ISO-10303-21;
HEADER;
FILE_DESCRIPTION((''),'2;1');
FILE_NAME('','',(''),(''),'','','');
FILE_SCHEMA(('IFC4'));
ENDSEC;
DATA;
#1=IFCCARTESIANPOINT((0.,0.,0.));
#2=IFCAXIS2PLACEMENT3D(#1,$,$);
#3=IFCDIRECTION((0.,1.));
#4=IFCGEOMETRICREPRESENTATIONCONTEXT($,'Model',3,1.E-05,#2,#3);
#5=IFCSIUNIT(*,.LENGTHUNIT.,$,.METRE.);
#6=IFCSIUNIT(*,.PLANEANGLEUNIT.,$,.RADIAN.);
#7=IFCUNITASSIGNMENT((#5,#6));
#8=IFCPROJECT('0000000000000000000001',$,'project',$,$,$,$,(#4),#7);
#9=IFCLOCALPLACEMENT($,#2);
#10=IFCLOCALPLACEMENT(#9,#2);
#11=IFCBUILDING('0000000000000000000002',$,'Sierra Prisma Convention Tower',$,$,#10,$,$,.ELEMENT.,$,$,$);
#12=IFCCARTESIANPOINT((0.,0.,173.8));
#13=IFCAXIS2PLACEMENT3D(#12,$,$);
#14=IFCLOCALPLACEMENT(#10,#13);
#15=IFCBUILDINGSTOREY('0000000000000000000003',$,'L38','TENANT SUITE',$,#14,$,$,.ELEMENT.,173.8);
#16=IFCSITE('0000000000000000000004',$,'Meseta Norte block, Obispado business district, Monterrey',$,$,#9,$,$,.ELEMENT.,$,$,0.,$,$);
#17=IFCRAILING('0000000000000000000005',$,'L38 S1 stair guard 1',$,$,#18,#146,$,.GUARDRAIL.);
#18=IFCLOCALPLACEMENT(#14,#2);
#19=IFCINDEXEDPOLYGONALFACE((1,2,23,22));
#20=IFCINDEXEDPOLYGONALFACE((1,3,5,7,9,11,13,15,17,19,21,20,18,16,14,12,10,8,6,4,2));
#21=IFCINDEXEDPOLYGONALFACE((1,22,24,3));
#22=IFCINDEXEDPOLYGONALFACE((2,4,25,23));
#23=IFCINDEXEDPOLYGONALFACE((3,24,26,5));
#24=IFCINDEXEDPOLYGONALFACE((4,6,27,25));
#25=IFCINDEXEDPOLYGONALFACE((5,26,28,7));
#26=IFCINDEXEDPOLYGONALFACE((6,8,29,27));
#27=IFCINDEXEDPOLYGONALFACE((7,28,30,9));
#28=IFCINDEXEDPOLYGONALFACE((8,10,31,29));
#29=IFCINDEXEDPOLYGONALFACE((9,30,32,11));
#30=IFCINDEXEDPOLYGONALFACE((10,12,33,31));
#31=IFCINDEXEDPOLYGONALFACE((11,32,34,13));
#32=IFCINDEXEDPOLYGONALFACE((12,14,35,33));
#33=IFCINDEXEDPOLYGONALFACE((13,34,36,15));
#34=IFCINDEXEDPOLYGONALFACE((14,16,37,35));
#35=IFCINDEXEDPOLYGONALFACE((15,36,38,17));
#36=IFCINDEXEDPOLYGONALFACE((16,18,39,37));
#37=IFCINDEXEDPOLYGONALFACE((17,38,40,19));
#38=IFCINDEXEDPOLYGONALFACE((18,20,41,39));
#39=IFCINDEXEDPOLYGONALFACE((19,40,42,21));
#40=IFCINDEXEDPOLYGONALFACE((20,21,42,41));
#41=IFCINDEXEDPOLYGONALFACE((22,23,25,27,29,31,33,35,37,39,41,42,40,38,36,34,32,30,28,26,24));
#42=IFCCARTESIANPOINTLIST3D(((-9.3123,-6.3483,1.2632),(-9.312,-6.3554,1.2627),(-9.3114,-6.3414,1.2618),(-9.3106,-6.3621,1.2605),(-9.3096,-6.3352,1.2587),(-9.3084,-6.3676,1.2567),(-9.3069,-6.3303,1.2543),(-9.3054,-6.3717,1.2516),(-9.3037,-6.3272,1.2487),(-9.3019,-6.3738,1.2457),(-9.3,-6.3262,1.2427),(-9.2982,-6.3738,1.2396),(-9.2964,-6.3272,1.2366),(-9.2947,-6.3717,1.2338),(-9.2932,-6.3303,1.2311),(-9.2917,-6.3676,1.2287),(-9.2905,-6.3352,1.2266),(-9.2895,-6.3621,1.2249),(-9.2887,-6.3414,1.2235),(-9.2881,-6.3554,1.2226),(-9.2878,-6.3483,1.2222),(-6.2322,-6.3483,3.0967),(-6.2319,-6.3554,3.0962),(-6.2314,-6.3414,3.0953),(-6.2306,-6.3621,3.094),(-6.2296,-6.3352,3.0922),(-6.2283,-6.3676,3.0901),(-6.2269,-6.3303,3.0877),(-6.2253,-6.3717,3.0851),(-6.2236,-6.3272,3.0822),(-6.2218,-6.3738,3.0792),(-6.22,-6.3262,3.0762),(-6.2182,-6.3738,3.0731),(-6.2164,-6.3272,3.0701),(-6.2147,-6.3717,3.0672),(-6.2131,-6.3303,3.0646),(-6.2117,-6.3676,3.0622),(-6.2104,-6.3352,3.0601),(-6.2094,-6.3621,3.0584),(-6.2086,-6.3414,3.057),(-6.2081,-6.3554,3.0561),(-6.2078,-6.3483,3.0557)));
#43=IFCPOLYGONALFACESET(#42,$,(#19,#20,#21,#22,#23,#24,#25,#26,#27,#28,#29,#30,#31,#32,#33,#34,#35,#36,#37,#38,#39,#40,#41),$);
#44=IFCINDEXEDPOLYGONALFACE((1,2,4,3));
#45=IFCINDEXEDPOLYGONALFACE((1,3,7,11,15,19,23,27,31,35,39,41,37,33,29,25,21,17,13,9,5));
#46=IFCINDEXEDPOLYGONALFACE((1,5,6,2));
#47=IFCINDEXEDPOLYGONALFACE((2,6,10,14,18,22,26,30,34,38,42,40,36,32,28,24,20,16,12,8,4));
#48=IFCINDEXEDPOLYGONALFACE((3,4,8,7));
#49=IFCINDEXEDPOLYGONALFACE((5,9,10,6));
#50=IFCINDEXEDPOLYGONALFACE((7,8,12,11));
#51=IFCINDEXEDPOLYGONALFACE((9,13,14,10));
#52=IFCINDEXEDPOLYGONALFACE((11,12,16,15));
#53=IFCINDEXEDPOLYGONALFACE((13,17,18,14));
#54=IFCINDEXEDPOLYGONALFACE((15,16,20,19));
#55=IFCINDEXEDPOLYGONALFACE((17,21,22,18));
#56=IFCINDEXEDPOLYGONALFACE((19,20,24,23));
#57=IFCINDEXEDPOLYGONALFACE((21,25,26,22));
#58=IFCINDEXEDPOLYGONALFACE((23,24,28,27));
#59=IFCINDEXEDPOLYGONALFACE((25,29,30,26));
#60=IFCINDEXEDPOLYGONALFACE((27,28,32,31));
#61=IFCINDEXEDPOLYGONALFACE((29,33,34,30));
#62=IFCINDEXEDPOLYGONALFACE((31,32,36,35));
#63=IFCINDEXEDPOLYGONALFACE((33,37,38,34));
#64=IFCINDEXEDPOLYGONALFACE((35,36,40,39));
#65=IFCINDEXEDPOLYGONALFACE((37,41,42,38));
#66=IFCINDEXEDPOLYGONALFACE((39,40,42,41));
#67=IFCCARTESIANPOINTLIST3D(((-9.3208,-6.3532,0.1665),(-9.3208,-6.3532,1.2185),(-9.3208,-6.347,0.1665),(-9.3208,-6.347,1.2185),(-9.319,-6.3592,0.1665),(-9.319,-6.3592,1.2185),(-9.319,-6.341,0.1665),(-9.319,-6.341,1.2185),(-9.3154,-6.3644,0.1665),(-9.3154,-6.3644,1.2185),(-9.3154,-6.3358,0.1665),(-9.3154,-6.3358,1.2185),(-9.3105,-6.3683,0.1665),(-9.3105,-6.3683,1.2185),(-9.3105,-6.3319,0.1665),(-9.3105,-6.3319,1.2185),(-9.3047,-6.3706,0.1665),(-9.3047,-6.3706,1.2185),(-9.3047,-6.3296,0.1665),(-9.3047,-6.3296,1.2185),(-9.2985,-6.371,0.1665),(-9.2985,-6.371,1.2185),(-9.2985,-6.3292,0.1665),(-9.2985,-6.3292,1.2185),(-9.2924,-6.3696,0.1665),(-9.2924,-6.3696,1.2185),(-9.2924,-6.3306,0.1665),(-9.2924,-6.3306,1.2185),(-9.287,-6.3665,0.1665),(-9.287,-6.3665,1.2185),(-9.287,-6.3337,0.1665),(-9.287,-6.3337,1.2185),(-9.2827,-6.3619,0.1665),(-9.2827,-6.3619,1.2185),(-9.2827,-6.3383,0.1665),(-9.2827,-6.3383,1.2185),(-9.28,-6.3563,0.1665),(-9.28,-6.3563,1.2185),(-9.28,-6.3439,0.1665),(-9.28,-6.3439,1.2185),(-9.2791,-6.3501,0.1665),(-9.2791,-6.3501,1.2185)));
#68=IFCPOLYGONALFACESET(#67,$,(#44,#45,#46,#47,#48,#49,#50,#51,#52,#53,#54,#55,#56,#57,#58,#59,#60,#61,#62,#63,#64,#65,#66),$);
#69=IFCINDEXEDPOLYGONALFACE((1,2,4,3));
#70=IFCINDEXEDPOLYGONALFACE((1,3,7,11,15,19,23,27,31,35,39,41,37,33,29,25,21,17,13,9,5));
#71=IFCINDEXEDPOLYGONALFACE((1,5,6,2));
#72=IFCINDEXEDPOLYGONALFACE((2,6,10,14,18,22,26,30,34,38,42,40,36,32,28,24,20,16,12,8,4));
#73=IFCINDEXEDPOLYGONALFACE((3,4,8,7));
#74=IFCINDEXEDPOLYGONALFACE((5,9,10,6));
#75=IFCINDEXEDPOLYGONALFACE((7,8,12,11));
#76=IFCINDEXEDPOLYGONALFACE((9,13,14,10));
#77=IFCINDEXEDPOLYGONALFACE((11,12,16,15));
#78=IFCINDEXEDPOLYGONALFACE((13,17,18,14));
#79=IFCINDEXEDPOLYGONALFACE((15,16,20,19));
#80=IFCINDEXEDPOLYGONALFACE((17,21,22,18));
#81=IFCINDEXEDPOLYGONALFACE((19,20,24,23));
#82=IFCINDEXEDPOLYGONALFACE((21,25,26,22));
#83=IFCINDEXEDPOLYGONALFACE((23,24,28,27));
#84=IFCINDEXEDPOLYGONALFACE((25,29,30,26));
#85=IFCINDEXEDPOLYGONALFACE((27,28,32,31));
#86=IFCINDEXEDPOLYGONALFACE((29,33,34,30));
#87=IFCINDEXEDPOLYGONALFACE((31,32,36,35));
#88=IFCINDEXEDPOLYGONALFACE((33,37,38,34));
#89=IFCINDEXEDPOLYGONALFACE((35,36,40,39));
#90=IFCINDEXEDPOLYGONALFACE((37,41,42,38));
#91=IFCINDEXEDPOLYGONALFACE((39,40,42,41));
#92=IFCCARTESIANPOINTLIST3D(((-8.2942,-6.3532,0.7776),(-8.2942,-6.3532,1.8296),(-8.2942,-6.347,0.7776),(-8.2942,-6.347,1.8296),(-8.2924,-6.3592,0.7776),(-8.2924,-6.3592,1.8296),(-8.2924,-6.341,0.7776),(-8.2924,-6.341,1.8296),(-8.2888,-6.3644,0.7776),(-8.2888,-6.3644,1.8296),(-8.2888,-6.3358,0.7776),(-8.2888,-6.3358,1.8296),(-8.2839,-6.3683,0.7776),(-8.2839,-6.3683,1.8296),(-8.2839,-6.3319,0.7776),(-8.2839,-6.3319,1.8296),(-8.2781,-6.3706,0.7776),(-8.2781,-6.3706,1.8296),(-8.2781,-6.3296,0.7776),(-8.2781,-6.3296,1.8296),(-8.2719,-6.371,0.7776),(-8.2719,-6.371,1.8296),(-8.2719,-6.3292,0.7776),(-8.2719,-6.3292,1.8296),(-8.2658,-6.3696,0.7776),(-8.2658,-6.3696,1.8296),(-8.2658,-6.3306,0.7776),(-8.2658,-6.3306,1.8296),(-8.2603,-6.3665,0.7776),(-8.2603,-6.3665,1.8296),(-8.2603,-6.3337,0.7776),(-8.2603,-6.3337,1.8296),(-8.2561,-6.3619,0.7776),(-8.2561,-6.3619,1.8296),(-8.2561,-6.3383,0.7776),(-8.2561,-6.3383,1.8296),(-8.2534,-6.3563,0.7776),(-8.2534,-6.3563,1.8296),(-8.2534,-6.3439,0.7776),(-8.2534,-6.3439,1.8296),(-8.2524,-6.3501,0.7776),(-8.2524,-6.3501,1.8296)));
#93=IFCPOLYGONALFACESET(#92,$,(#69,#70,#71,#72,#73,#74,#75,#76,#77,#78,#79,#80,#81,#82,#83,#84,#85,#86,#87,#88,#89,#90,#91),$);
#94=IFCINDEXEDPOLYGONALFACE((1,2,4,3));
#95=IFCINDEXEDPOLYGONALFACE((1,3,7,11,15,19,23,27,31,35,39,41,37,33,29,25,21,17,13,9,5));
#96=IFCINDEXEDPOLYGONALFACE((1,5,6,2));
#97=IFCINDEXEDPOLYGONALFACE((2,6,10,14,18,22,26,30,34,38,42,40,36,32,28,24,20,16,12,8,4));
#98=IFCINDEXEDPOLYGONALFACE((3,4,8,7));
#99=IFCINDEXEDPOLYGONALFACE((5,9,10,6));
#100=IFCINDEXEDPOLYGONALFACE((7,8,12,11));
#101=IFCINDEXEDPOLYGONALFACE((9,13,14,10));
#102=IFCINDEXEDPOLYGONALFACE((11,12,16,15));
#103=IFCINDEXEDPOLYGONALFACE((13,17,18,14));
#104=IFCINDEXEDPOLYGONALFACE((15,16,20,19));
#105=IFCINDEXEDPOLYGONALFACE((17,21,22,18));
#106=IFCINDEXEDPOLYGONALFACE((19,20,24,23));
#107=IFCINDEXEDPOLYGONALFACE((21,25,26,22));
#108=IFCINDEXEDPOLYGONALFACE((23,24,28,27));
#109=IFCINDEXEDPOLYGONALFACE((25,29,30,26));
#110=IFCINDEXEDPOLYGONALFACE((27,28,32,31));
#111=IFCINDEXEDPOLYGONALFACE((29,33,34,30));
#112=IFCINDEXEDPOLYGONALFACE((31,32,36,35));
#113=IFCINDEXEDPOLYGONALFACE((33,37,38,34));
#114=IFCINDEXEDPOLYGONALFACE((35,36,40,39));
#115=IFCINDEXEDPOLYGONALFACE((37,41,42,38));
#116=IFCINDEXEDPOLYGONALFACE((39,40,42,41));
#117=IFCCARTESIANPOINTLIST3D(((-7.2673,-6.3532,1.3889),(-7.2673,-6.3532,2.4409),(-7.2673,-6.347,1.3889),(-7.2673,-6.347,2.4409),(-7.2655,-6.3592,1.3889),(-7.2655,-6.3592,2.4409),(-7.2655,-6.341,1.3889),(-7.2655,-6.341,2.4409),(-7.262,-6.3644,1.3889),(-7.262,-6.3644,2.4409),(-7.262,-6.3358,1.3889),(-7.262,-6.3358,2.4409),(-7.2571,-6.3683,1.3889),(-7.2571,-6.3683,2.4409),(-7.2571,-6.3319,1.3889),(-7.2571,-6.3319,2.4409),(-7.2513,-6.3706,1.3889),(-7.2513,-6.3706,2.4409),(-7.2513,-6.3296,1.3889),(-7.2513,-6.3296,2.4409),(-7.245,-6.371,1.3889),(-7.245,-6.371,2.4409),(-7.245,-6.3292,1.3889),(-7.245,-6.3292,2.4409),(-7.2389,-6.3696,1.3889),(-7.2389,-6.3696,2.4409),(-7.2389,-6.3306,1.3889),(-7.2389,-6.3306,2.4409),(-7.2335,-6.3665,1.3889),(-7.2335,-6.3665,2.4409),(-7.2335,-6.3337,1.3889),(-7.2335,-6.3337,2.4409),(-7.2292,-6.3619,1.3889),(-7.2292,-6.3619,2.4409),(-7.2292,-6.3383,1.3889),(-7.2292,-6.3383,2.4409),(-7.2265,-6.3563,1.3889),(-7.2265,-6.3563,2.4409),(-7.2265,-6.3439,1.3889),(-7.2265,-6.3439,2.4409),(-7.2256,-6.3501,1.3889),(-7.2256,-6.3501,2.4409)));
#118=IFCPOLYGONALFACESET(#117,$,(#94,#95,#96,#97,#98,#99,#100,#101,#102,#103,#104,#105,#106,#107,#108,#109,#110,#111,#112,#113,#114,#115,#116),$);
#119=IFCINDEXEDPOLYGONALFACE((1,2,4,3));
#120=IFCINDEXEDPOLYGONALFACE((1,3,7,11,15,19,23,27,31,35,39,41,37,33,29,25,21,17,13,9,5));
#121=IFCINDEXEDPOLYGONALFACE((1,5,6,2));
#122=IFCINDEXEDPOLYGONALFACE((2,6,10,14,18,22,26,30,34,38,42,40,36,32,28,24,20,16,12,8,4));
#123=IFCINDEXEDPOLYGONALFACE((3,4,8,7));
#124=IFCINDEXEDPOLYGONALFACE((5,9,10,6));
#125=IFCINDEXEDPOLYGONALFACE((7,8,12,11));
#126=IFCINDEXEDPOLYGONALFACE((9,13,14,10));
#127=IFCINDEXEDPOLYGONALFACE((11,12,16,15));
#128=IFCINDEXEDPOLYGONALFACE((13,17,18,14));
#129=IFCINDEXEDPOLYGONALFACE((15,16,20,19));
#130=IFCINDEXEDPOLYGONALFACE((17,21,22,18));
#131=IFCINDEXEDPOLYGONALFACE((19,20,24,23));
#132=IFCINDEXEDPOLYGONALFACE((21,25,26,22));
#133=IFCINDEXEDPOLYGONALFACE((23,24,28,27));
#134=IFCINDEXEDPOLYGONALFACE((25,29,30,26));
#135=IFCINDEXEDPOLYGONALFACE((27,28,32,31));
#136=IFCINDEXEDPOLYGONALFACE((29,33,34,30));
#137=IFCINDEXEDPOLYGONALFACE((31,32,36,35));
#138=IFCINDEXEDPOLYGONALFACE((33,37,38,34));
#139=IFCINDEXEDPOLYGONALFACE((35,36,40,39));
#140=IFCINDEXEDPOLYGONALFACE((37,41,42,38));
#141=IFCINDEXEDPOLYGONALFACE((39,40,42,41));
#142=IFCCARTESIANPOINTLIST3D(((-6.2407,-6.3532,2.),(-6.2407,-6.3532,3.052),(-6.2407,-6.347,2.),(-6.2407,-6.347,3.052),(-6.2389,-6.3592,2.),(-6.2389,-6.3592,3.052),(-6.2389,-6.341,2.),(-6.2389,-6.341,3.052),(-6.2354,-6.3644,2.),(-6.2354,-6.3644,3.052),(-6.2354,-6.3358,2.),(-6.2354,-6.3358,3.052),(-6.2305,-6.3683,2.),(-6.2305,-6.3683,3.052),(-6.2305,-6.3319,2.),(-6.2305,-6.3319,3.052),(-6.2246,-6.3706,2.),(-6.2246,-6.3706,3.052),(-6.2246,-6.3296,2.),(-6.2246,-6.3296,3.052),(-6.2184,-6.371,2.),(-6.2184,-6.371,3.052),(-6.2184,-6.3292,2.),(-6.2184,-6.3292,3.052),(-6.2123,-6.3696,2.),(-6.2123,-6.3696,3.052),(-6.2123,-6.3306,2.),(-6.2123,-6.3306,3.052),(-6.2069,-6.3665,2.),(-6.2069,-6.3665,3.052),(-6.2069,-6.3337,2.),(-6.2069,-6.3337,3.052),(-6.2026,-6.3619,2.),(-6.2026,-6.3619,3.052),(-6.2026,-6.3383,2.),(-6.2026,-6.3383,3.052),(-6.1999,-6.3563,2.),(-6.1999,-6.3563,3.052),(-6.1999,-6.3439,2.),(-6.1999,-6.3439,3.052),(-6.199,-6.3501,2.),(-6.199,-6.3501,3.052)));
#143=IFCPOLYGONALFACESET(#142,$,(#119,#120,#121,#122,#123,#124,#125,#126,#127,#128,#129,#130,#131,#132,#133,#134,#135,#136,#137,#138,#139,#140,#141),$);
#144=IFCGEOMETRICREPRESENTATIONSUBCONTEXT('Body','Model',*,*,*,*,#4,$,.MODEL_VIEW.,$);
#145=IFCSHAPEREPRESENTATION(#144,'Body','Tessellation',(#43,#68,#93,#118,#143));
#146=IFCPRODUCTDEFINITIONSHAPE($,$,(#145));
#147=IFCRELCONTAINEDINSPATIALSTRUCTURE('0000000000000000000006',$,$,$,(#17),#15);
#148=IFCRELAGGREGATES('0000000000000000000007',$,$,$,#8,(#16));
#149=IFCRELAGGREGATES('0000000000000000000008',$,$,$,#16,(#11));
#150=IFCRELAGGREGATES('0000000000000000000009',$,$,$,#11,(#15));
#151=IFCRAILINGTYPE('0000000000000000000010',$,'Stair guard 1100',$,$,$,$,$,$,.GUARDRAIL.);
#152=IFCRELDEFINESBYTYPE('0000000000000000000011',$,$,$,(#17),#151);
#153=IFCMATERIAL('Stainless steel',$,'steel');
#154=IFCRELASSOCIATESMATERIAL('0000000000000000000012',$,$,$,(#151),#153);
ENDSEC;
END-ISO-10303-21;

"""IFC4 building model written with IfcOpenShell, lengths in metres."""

from ifc_helpers import new_model, si_unit, direction, frame, origin, origin_2d, place, context, subcontext, project, spatial, circle, extrude, material, type_object, element, save


model = new_model("IFC4")

# Units and contexts
model_context = context("Model", 3, precision=1e-05, world=origin(), true_north=direction((0.0, 1.0)))
body_context = subcontext(model_context, "Body", "Model", "MODEL_VIEW")
ifc_project = project(units=[si_unit("LENGTHUNIT", "METRE"), si_unit("PLANEANGLEUNIT", "RADIAN")], contexts=[model_context])

# Site, building, storey
site_placement = place(None, origin())
site = spatial("IfcSite", under=ifc_project, at=site_placement, Name="Meseta Norte block, Obispado business district, Monterrey", CompositionType="ELEMENT", RefElevation=0.0)
building_placement = place(site_placement, origin())
building = spatial("IfcBuilding", under=site, at=building_placement, Name="Sierra Prisma Convention Tower", CompositionType="ELEMENT")
storey_placement = place(building_placement, frame((0.0, 0.0, 173.8)))
storey = spatial("IfcBuildingStorey", under=building, at=storey_placement, Name="L38", Description="TENANT SUITE", CompositionType="ELEMENT", Elevation=173.8)

# Railing
ifc_material_1 = material(Name="Stainless steel", Category="steel")
railing_type_1 = type_object("IfcRailingType", Name="Stair guard 1100", PredefinedType="GUARDRAIL", material=ifc_material_1)
railing_1_placement = place(storey_placement, frame((-9.3, -6.3501, 0.1665)))
element("IfcRailing", 1, at=railing_1_placement, inside=storey, type_object=railing_type_1, Name="L38 S1 stair guard 1", PredefinedType="GUARDRAIL", context=body_context, shape_type="SweptSolid", body=[
    extrude(circle(Radius=0.0239, at=origin_2d()), frame((0.0, 0.0, 1.0762), z_axis=(0.859279, 0.0, 0.511508), x_axis=(0.0, 1.0, 0.0)), (0.0, 0.0, 1.0), 3.5845),
    extrude(circle(Radius=0.021, at=origin_2d()), origin(), (0.0, 0.0, 1.0), 1.052),
    extrude(circle(Radius=0.021, at=origin_2d()), frame((1.0266, 0.0, 0.6111)), (0.0, 0.0, 1.0), 1.052),
    extrude(circle(Radius=0.021, at=origin_2d()), frame((2.0535, 0.0, 1.2224)), (0.0, 0.0, 1.0), 1.052),
    extrude(circle(Radius=0.021, at=origin_2d()), frame((3.0801, 0.0, 1.8335)), (0.0, 0.0, 1.0), 1.052),
])

save(model, "model.ifc")
